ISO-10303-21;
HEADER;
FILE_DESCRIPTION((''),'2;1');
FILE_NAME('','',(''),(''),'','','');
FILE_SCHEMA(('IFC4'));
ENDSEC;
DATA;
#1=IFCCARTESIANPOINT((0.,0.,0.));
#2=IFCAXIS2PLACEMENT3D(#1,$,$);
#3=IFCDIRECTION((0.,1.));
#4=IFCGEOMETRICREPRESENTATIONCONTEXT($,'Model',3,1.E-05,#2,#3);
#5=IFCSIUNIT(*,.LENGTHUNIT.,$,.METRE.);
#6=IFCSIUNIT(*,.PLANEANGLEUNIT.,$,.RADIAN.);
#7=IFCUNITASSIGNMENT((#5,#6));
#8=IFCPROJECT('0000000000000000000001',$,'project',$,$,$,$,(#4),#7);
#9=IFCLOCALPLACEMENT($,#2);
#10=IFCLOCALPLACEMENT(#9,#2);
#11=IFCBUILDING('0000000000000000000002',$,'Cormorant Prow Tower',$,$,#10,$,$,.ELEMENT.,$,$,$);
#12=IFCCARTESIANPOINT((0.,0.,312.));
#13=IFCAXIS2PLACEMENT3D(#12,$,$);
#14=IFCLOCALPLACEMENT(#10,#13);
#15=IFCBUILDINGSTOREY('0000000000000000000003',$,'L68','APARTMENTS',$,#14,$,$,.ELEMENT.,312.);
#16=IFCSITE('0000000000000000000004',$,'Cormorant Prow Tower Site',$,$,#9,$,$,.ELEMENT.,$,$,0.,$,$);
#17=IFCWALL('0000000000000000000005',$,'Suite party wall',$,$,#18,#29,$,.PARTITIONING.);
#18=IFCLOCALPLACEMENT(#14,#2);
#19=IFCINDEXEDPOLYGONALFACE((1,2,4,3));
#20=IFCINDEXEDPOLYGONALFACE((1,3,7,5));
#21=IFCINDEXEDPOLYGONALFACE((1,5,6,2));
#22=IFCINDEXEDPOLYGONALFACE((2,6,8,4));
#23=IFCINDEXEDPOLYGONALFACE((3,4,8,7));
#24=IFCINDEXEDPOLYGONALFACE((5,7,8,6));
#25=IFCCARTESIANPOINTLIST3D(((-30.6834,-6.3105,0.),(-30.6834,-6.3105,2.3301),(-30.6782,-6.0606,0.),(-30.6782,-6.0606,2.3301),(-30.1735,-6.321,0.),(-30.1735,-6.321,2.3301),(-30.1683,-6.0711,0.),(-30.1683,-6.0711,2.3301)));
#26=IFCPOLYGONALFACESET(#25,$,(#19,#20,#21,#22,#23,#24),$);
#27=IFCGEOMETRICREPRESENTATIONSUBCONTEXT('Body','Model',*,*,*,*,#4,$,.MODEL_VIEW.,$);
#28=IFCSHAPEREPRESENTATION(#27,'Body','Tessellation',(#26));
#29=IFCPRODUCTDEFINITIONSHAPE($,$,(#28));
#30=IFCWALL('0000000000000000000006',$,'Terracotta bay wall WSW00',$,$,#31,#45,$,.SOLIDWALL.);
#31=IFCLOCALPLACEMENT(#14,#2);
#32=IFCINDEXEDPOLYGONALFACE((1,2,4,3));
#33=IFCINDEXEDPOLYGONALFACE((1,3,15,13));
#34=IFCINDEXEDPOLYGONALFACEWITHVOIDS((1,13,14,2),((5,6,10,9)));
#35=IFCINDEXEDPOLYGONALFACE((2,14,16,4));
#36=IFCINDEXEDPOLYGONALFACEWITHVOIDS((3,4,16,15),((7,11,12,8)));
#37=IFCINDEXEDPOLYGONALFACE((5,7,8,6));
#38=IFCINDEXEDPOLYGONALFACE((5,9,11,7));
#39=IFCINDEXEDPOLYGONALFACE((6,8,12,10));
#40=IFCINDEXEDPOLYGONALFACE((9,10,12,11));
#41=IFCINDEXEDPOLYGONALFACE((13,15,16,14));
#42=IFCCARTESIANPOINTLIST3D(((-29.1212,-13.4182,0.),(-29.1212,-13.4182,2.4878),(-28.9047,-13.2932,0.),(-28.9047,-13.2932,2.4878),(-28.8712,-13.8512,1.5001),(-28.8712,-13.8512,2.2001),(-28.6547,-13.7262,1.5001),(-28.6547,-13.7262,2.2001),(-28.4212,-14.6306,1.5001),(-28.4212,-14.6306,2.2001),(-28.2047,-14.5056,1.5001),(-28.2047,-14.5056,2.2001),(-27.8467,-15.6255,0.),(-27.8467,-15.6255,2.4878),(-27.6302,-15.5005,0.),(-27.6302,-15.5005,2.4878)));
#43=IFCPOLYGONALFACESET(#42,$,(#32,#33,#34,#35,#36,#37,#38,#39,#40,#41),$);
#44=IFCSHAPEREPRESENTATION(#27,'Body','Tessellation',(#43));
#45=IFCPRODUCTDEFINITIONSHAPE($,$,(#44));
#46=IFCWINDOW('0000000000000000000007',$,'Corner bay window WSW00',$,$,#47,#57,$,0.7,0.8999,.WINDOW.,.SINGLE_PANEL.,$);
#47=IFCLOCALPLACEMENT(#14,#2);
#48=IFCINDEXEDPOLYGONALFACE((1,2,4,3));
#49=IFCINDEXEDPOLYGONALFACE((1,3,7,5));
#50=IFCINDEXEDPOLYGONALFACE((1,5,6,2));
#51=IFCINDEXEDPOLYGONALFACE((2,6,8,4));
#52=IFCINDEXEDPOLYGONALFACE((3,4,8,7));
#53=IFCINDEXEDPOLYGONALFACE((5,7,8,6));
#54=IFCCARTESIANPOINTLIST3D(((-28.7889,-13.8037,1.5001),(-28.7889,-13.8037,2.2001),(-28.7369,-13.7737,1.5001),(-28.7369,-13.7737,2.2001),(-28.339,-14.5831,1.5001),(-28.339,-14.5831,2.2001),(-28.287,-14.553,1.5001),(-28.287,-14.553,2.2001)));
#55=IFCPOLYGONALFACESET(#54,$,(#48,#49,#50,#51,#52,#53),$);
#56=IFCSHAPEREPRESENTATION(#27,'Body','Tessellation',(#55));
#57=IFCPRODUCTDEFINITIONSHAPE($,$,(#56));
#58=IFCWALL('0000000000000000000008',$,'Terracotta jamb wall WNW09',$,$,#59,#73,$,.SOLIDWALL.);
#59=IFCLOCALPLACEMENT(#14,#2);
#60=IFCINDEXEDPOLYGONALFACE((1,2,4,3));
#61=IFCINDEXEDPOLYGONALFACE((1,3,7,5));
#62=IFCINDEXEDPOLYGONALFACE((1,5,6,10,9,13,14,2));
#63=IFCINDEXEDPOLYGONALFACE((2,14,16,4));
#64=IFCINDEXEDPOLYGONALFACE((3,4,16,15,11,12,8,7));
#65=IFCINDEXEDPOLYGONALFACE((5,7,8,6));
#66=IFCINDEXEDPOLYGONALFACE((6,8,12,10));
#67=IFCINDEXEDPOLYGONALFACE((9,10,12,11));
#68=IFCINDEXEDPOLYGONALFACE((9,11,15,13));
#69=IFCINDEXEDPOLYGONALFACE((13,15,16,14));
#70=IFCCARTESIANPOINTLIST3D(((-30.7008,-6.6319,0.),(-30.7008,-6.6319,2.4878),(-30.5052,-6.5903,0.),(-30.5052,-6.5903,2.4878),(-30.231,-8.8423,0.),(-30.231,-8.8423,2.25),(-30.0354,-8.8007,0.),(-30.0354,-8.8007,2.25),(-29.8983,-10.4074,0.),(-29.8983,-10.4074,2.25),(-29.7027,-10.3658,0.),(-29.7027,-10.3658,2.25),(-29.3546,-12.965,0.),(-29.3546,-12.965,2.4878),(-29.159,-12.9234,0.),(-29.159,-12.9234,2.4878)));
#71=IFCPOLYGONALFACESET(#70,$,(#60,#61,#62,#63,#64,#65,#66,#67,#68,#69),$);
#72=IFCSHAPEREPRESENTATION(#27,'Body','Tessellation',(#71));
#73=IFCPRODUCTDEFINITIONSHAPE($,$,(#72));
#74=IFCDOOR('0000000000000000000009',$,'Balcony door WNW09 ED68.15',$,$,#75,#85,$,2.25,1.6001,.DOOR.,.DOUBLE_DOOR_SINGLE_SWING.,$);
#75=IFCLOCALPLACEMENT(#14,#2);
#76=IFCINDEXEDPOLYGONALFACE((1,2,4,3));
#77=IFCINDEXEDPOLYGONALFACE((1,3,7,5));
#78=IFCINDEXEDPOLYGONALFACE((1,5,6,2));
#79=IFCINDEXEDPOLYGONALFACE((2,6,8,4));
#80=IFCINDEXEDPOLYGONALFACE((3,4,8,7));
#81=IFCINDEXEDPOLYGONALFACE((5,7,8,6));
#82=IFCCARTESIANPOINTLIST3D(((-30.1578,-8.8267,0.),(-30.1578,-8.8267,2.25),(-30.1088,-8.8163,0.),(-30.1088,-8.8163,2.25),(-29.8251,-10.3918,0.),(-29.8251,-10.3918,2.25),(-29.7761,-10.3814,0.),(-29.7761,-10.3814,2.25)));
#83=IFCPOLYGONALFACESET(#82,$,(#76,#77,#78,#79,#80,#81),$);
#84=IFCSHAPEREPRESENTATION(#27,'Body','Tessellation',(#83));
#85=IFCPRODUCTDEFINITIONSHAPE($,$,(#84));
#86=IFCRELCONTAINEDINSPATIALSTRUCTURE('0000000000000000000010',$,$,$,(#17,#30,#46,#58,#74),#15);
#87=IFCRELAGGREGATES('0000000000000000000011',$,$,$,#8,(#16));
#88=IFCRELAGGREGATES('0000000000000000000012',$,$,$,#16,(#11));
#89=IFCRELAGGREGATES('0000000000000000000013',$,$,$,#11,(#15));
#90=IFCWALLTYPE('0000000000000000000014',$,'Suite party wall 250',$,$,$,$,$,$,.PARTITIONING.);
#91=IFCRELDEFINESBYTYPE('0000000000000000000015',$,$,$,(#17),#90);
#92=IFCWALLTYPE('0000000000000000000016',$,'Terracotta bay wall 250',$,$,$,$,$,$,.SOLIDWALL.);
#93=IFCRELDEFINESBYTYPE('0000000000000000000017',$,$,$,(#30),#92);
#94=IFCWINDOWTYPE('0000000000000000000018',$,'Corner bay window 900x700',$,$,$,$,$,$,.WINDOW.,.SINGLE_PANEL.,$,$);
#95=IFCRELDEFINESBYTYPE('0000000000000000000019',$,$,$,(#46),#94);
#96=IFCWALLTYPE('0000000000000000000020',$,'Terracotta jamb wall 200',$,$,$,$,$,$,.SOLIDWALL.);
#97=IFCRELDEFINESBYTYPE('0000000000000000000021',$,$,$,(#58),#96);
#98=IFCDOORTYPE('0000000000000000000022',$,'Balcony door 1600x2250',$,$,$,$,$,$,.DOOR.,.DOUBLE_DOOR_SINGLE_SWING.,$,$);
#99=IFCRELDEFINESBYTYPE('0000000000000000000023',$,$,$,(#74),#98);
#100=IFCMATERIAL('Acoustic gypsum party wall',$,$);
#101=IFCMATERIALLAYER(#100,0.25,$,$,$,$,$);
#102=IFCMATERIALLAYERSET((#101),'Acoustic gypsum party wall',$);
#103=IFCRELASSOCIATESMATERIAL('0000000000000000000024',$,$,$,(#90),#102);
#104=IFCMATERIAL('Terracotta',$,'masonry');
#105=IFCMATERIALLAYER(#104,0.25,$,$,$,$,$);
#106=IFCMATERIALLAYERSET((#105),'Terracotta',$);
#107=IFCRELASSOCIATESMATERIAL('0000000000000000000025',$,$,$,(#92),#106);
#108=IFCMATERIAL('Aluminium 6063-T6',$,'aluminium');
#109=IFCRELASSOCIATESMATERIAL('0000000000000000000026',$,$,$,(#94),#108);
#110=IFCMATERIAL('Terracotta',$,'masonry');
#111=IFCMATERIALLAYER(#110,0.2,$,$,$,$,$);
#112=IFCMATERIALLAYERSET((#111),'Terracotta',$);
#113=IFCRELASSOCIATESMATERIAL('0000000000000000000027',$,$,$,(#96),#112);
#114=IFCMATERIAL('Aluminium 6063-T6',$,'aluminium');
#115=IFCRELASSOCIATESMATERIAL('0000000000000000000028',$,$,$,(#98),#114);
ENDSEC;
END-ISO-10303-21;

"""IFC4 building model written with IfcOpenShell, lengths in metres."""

from ifc_helpers import new_model, si_unit, direction, frame, frame_2d, origin, place, context, subcontext, project, spatial, rectangle, extrude, material, layer, layer_set, type_object, element, fill, save


model = new_model("IFC4")

# Units and contexts
model_context = context("Model", 3, precision=1e-05, world=origin(), true_north=direction((0.0, 1.0)))
body_context = subcontext(model_context, "Body", "Model", "MODEL_VIEW")
ifc_project = project(units=[si_unit("LENGTHUNIT", "METRE"), si_unit("PLANEANGLEUNIT", "RADIAN")], contexts=[model_context])

# Site, building, storey
site_placement = place(None, origin())
site = spatial("IfcSite", under=ifc_project, at=site_placement, Name="Cormorant Prow Tower Site", CompositionType="ELEMENT", RefElevation=0.0)
building_placement = place(site_placement, origin())
building = spatial("IfcBuilding", under=site, at=building_placement, Name="Cormorant Prow Tower", CompositionType="ELEMENT")
storey_placement = place(building_placement, frame((0.0, 0.0, 312.0)))
storey = spatial("IfcBuildingStorey", under=building, at=storey_placement, Name="L68", Description="APARTMENTS", CompositionType="ELEMENT", Elevation=312.0)

# Wall
ifc_material_1 = material(Name="Acoustic gypsum party wall")
ifc_layer_1 = layer(ifc_material_1, 0.25)
ifc_layer_set_1 = layer_set([ifc_layer_1], Name="Acoustic gypsum party wall")
wall_type_1 = type_object("IfcWallType", Name="Suite party wall 250", PredefinedType="PARTITIONING", material=ifc_layer_set_1)
wall_1_placement = place(storey_placement, frame((-30.6807, -6.1855, 0.0), z_axis=(0.0, 0.0, 1.0), x_axis=(0.999788, -0.02058, 0.0)))
element("IfcWall", 1, at=wall_1_placement, inside=storey, type_object=wall_type_1, Name="Suite party wall", PredefinedType="PARTITIONING", context=body_context, shape_type="SweptSolid", body=[
    extrude(rectangle(XDim=0.51, YDim=0.25, at=frame_2d((0.2549, 0.0))), origin(), (0.0, 0.0, 1.0), 2.3301),
])

# Wall, opening, window
ifc_material_2 = material(Name="Terracotta", Category="masonry")
ifc_layer_2 = layer(ifc_material_2, 0.25)
ifc_layer_set_2 = layer_set([ifc_layer_2], Name="Terracotta")
wall_type_2 = type_object("IfcWallType", Name="Terracotta bay wall 250", PredefinedType="SOLIDWALL", material=ifc_layer_set_2)
wall_2_placement = place(storey_placement, frame((-29.0129, -13.3557, 0.0), z_axis=(0.0, 0.0, 1.0), x_axis=(0.500013, -0.866018, 0.0)))
wall_2 = element("IfcWall", 2, at=wall_2_placement, inside=storey, type_object=wall_type_2, Name="Terracotta bay wall WSW00", PredefinedType="SOLIDWALL", context=body_context, shape_type="SweptSolid", body=[
    extrude(rectangle(XDim=2.5488, YDim=0.25, at=frame_2d((1.2744, 0.0))), origin(), (0.0, 0.0, 1.0), 2.4878),
])
opening_1_placement = place(wall_2_placement, frame((0.5, 0.0, 1.5)))
opening_1 = element("IfcOpeningElement", 3, at=opening_1_placement, cuts=wall_2, PredefinedType="OPENING", context=body_context, shape_type="SweptSolid", body=[
    extrude(rectangle(XDim=0.8999, YDim=0.7, at=frame_2d((0.45, 0.3501))), frame((0.0, 0.135, 0.0), z_axis=(0.0, -1.0, 0.0), x_axis=(1.0, 0.0, 0.0)), (0.0, 0.0, 1.0), 0.27),
])
ifc_material_3 = material(Name="Aluminium 6063-T6", Category="aluminium")
window_type = type_object("IfcWindowType", Name="Corner bay window 900x700", PartitioningType="SINGLE_PANEL", PredefinedType="WINDOW", material=ifc_material_3)
window_placement = place(opening_1_placement, origin())
window = element("IfcWindow", 4, at=window_placement, inside=storey, type_object=window_type, Name="Corner bay window WSW00", OverallHeight=0.7, OverallWidth=0.8999, PartitioningType="SINGLE_PANEL", PredefinedType="WINDOW", context=body_context, shape_type="SweptSolid", body=[
    extrude(rectangle(XDim=0.8999, YDim=0.7, at=frame_2d((0.45, 0.3501))), frame((0.0, 0.03, 0.0), z_axis=(0.0, -1.0, 0.0), x_axis=(1.0, 0.0, 0.0)), (0.0, 0.0, 1.0), 0.0601),
])
fill(opening_1, window)

# Wall, opening, door
ifc_material_4 = material(Name="Terracotta", Category="masonry")
ifc_layer_3 = layer(ifc_material_4, 0.2)
ifc_layer_set_3 = layer_set([ifc_layer_3], Name="Terracotta")
wall_type_3 = type_object("IfcWallType", Name="Terracotta jamb wall 200", PredefinedType="SOLIDWALL", material=ifc_layer_set_3)
wall_3_placement = place(storey_placement, frame((-30.603, -6.6111, 0.0), z_axis=(0.0, 0.0, 1.0), x_axis=(0.207922, -0.978145, 0.0)))
wall_3 = element("IfcWall", 5, at=wall_3_placement, inside=storey, type_object=wall_type_3, Name="Terracotta jamb wall WNW09", PredefinedType="SOLIDWALL", context=body_context, shape_type="SweptSolid", body=[
    extrude(rectangle(XDim=6.4746, YDim=0.2, at=frame_2d((3.2373, 0.0))), origin(), (0.0, 0.0, 1.0), 2.4878),
])
opening_2_placement = place(wall_3_placement, frame((2.2598, 0.0, 0.0)))
opening_2 = element("IfcOpeningElement", 6, at=opening_2_placement, cuts=wall_3, PredefinedType="OPENING", context=body_context, shape_type="SweptSolid", body=[
    extrude(rectangle(XDim=1.6001, YDim=2.25, at=frame_2d((0.8, 1.125))), frame((0.0, 0.1099, 0.0), z_axis=(0.0, -1.0, 0.0), x_axis=(1.0, 0.0, 0.0)), (0.0, 0.0, 1.0), 0.22),
])
ifc_material_5 = material(Name="Aluminium 6063-T6", Category="aluminium")
door_type_1 = type_object("IfcDoorType", Name="Balcony door 1600x2250", OperationType="DOUBLE_DOOR_SINGLE_SWING", PredefinedType="DOOR", material=ifc_material_5)
door_1_placement = place(opening_2_placement, origin())
door_1 = element("IfcDoor", 7, at=door_1_placement, inside=storey, type_object=door_type_1, Name="Balcony door WNW09 ED68.15", OperationType="DOUBLE_DOOR_SINGLE_SWING", OverallHeight=2.25, OverallWidth=1.6001, PredefinedType="DOOR", context=body_context, shape_type="SweptSolid", body=[
    extrude(rectangle(XDim=1.6001, YDim=2.25, at=frame_2d((0.8, 1.125))), frame((0.0, 0.0249, 0.0), z_axis=(0.0, -1.0, 0.0), x_axis=(1.0, 0.0, 0.0)), (0.0, 0.0, 1.0), 0.05),
])
fill(opening_2, door_1)

save(model, "model.ifc")
